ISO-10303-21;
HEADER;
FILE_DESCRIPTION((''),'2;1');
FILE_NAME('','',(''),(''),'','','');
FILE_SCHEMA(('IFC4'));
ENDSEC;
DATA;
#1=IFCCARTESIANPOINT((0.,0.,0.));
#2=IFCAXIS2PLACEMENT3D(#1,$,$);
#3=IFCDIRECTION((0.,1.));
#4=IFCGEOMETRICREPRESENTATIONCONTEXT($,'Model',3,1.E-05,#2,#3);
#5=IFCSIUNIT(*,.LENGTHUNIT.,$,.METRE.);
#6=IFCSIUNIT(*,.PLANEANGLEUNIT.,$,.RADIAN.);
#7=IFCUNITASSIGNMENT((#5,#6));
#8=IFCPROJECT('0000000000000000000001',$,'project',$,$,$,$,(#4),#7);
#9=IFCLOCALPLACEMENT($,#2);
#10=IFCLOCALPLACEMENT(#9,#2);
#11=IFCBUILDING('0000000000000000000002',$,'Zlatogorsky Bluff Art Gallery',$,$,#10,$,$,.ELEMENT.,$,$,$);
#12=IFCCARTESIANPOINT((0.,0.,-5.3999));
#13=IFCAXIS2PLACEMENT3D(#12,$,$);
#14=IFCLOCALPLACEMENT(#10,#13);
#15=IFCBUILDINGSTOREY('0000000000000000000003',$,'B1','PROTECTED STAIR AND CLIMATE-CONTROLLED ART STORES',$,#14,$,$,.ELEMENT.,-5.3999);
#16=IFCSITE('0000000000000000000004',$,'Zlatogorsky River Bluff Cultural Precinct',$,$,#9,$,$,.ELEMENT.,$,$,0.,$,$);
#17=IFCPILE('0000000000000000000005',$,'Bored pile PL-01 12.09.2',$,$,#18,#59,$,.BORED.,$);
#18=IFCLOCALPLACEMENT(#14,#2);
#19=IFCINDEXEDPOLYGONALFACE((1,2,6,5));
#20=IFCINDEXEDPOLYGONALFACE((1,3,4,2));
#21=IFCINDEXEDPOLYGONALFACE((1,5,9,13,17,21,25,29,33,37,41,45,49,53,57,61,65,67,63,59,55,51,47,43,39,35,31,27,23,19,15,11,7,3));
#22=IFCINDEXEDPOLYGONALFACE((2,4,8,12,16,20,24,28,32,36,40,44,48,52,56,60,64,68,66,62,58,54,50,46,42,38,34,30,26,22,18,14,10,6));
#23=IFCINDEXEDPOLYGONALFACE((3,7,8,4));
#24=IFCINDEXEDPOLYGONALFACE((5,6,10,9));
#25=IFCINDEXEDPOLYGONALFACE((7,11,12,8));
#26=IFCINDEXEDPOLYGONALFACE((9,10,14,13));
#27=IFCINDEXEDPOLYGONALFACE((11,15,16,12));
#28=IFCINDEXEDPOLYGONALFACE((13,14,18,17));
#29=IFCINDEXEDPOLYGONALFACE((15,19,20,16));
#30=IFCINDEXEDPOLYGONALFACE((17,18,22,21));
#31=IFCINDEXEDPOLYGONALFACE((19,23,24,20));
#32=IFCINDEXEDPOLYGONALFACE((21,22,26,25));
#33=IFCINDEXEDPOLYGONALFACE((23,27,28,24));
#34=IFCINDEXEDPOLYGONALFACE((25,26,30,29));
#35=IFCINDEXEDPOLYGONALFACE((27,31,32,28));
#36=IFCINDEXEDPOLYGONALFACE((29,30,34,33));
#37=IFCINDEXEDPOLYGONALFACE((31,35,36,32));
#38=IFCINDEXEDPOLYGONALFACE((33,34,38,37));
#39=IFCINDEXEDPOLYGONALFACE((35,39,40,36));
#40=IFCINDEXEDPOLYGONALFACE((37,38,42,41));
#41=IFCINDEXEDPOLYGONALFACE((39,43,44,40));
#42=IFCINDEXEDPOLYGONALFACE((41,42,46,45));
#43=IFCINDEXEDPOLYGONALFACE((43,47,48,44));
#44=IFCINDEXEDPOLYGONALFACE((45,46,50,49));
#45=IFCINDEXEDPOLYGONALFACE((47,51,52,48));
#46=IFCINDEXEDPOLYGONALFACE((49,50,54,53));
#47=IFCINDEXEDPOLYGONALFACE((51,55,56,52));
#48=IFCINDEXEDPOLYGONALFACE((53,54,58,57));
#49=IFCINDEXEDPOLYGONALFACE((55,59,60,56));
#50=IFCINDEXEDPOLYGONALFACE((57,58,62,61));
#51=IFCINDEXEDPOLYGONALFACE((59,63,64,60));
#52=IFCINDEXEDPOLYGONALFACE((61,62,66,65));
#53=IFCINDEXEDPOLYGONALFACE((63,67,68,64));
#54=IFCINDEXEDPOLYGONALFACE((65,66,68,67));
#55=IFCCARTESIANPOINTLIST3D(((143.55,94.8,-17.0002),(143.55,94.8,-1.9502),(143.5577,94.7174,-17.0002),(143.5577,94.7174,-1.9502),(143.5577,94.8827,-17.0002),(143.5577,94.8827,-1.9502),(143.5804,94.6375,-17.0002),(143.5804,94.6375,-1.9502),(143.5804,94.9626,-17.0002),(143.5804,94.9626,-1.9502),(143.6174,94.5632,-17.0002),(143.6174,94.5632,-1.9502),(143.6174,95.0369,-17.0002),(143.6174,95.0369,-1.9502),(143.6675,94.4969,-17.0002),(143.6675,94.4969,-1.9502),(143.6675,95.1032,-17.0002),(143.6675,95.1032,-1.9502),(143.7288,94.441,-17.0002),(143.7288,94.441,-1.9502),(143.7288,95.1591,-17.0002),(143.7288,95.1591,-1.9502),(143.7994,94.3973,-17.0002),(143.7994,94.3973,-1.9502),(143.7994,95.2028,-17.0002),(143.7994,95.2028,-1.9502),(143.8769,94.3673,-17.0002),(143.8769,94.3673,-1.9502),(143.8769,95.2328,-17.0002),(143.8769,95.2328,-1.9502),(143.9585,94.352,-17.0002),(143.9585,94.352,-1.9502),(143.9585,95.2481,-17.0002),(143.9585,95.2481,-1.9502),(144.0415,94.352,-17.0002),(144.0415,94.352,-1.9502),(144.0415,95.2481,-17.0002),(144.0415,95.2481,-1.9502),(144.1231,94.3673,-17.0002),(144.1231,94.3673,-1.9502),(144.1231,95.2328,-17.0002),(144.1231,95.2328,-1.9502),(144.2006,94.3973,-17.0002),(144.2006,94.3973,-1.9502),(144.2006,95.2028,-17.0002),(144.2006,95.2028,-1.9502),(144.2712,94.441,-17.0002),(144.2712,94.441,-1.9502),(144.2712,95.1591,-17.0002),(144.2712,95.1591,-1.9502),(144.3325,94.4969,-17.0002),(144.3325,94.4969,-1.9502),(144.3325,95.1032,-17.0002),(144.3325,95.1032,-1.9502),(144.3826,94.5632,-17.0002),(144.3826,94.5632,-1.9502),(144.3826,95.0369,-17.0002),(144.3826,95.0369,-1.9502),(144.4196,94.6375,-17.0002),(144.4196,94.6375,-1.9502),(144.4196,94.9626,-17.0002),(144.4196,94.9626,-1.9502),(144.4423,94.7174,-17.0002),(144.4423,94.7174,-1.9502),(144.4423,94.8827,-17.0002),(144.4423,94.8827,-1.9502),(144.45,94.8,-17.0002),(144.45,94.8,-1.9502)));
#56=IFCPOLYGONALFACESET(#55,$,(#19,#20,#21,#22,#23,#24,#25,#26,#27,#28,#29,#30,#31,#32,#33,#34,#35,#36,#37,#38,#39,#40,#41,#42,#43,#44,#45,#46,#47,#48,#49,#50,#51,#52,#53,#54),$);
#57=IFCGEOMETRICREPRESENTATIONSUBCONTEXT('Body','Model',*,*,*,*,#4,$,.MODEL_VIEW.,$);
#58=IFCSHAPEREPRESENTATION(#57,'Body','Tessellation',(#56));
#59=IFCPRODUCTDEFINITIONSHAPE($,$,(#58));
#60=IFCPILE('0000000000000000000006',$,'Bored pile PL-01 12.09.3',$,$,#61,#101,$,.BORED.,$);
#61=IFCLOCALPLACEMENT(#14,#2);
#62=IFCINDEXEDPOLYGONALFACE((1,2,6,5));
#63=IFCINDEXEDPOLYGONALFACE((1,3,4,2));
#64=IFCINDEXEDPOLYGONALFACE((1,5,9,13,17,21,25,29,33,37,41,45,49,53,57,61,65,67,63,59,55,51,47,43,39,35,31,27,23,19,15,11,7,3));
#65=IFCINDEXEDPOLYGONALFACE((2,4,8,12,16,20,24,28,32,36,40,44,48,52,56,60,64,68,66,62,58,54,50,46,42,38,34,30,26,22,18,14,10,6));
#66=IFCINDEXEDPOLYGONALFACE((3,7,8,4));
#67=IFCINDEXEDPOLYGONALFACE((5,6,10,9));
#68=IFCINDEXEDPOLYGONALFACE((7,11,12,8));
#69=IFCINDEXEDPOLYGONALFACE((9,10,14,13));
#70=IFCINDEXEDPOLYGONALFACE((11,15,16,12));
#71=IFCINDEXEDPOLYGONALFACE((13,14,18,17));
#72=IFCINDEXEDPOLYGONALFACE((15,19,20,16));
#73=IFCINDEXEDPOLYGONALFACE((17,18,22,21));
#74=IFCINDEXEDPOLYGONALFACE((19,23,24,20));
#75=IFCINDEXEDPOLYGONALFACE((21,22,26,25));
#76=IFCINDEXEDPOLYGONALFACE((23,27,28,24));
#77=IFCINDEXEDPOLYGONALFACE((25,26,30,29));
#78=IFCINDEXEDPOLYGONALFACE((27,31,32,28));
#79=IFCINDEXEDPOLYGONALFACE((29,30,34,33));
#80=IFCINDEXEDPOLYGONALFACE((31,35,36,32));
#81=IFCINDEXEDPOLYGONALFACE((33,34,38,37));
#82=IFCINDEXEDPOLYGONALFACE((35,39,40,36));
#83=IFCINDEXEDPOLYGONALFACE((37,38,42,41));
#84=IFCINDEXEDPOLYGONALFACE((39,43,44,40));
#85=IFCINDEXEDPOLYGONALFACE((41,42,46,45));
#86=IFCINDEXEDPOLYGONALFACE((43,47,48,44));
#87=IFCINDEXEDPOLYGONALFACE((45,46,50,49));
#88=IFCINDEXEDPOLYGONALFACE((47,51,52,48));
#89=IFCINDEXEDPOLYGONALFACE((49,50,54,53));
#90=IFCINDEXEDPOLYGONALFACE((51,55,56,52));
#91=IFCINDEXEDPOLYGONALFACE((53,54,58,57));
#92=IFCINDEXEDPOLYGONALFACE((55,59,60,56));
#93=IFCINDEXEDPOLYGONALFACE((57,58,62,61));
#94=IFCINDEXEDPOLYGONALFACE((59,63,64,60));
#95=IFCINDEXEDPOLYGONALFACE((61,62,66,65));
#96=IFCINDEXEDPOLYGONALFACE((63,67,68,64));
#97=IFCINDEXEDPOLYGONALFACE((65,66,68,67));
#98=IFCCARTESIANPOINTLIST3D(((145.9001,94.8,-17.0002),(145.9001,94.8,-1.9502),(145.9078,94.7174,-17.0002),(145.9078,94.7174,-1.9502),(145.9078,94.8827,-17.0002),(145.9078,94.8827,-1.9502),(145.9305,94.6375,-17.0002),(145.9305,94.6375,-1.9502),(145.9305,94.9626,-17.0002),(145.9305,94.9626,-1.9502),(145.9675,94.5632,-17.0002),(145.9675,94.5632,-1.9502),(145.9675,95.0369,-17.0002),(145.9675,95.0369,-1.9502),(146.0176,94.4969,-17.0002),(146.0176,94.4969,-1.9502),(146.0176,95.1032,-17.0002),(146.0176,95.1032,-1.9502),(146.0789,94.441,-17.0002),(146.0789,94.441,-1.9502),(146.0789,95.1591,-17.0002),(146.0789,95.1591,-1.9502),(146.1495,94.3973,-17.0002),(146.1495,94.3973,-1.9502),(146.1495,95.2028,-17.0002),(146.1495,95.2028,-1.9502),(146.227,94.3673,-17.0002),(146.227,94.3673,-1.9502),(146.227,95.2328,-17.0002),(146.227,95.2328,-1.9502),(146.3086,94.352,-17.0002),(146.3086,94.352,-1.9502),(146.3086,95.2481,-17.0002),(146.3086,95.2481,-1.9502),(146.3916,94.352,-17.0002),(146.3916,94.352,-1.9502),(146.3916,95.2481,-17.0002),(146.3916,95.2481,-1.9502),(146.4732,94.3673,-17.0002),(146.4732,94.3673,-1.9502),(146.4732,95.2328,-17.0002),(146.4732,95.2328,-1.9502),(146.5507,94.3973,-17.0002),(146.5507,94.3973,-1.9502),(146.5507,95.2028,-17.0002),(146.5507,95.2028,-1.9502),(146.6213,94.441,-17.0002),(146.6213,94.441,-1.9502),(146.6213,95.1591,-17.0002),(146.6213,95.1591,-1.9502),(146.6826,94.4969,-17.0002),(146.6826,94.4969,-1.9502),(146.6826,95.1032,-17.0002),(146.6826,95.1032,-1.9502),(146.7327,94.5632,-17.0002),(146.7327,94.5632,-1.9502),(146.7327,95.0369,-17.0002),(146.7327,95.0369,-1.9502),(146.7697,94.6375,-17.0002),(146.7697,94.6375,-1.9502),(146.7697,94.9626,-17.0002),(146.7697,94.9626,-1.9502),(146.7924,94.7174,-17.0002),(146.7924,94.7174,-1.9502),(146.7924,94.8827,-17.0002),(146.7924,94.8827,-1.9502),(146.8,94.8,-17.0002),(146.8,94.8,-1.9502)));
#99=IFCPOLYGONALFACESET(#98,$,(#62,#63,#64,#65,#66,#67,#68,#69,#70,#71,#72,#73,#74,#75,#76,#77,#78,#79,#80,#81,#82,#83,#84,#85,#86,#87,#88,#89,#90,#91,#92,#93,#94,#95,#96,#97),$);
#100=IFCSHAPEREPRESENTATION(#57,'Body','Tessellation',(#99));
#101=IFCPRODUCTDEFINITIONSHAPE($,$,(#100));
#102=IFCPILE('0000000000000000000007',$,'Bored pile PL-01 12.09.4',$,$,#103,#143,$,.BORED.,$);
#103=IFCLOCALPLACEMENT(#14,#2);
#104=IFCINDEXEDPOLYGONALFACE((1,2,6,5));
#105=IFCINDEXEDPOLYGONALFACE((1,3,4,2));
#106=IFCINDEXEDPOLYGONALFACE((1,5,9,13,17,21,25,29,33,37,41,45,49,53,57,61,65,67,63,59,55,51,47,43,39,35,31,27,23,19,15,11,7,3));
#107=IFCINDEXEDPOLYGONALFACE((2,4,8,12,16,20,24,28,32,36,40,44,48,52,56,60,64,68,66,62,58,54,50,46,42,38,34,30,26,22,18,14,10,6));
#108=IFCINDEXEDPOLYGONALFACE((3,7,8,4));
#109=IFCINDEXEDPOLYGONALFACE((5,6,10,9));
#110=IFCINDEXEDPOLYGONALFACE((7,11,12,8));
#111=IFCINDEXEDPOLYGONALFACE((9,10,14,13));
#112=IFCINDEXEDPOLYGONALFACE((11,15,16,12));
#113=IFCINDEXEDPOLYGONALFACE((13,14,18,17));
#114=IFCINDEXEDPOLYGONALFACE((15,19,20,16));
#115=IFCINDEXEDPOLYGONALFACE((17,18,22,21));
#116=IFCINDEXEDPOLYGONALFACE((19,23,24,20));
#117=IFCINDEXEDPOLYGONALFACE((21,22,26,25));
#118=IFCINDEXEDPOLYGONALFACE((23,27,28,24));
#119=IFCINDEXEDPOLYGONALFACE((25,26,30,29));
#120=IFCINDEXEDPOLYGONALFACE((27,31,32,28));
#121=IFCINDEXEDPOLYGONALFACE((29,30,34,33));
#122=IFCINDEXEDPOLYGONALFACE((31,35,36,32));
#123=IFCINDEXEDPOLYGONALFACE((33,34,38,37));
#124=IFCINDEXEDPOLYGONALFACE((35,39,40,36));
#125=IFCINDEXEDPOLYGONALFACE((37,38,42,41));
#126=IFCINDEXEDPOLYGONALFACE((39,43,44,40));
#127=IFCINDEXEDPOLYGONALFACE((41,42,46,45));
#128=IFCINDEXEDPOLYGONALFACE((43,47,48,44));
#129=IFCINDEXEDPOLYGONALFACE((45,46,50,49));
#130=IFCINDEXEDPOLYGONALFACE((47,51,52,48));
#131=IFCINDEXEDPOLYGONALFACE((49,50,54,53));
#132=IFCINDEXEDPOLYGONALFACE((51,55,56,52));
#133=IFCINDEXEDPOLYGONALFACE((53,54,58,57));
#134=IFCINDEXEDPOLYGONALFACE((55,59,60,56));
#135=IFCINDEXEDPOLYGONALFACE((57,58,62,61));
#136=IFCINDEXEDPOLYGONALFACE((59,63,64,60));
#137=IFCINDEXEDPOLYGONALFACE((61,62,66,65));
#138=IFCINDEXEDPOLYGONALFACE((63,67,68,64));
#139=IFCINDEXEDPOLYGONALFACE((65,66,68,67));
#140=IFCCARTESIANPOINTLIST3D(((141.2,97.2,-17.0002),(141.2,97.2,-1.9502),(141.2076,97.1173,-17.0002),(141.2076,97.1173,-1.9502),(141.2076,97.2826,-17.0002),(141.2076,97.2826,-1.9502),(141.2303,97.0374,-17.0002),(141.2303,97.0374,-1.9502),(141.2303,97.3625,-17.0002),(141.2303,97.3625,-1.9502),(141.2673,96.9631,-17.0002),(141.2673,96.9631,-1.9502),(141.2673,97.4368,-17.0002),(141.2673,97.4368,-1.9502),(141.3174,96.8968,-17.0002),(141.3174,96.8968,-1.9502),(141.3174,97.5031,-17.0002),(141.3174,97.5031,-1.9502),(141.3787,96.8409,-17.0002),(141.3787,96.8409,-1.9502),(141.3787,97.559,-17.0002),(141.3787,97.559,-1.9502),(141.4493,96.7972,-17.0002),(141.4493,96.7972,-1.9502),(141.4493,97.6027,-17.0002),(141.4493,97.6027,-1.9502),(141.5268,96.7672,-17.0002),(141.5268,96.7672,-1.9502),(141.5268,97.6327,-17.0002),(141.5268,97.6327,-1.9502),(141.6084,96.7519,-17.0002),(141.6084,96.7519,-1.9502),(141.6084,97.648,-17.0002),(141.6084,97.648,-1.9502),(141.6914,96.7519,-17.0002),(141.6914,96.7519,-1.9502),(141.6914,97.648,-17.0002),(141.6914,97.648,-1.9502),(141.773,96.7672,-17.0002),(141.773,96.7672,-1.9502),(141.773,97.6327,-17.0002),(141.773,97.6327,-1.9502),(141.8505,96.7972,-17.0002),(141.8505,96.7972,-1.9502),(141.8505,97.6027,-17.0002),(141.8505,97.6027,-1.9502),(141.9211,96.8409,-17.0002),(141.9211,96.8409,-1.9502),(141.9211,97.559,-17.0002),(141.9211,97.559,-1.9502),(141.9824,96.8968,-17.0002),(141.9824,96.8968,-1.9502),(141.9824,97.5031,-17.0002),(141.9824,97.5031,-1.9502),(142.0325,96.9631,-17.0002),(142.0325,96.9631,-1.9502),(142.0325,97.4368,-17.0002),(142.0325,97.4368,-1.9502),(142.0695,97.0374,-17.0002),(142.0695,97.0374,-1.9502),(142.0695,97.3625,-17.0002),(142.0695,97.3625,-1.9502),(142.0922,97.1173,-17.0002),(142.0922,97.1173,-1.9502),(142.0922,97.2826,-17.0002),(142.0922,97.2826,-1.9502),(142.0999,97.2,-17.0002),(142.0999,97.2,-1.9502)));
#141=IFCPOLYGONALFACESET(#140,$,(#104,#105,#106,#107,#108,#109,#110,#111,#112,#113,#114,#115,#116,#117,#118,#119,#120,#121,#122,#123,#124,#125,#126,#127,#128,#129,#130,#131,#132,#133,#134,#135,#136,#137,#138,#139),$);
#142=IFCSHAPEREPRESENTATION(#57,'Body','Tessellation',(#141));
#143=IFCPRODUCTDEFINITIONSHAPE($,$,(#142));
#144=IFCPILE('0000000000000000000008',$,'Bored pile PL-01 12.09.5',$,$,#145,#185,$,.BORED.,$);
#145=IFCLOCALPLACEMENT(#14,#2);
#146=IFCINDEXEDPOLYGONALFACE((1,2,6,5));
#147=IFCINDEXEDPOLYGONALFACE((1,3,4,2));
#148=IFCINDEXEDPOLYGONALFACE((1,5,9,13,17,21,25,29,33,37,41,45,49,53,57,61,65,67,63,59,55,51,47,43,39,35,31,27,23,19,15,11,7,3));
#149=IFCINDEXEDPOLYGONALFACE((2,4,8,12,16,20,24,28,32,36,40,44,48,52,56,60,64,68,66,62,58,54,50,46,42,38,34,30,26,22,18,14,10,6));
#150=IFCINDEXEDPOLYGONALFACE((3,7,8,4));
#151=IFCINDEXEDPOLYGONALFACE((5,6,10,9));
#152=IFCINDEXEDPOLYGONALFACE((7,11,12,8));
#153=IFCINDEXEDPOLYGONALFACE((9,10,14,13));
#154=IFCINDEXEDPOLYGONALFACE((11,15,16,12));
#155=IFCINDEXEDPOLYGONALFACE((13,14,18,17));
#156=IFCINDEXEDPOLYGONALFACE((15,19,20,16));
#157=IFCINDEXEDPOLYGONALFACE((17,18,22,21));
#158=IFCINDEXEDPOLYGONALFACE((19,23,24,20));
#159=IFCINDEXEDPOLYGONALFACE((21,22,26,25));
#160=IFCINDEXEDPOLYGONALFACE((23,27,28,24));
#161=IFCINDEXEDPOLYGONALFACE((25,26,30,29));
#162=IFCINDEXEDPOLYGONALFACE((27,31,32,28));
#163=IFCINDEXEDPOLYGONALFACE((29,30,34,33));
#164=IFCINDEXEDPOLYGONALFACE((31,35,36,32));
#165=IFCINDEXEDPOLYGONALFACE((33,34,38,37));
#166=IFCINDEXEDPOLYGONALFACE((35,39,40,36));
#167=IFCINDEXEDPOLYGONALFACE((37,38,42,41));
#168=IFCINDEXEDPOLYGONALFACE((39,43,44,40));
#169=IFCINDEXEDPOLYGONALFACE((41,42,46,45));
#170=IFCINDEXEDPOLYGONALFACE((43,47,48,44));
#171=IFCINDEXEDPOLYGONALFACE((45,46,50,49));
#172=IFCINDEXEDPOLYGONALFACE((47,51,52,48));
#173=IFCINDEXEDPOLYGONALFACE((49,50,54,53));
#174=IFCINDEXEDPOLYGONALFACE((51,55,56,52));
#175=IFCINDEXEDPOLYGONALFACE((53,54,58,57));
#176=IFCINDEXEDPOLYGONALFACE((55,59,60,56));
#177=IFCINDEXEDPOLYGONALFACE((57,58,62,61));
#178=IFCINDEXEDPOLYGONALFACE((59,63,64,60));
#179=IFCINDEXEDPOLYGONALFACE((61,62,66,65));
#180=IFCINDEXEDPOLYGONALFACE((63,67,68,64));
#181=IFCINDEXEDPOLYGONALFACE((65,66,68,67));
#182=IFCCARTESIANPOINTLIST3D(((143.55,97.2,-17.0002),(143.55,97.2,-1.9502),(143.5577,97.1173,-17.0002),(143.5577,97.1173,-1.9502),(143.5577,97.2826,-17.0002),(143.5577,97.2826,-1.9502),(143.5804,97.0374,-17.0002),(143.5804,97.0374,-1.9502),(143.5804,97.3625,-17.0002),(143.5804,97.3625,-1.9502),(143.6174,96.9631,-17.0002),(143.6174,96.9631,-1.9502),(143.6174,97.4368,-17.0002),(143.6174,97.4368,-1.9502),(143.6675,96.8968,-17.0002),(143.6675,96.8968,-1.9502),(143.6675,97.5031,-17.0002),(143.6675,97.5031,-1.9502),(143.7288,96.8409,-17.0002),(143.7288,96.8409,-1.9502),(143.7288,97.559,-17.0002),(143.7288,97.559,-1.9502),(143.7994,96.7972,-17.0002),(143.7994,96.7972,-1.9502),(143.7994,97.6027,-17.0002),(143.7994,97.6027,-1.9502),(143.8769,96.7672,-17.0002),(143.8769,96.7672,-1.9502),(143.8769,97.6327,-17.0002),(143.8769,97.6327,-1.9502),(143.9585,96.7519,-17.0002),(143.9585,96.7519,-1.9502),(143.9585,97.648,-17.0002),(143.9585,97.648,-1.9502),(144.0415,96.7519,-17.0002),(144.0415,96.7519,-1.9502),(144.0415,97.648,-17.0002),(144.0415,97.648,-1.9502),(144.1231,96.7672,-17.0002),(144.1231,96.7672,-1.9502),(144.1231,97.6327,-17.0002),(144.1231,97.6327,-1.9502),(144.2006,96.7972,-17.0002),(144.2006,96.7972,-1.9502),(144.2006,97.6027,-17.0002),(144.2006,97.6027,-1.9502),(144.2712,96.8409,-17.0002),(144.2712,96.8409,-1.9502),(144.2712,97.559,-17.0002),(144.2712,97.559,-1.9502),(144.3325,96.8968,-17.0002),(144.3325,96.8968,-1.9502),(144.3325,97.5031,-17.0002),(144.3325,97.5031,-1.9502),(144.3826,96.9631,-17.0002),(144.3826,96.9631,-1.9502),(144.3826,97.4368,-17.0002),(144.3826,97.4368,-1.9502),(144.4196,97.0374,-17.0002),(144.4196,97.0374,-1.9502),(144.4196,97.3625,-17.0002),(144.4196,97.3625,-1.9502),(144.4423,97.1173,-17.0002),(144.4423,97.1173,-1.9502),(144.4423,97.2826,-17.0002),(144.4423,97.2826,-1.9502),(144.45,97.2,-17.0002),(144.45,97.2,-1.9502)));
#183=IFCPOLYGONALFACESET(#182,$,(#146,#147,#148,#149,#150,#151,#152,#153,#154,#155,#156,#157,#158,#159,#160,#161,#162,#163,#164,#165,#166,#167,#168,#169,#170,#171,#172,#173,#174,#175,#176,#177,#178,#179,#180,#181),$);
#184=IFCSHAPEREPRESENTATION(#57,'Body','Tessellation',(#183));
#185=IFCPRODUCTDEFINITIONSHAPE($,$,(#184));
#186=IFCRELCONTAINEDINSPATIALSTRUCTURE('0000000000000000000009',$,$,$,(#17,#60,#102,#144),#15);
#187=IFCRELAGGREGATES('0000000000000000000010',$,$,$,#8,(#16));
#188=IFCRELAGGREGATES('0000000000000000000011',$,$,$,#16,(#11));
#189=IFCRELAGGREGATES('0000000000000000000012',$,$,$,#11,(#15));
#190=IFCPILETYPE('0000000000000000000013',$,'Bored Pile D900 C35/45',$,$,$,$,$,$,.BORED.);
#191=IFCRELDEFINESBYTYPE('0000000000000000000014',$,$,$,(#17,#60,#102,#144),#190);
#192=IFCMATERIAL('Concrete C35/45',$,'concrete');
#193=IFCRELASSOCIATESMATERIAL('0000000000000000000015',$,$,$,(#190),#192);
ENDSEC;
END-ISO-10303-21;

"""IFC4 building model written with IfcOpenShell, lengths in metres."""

from ifc_helpers import new_model, si_unit, direction, frame, origin, origin_2d, place, context, subcontext, project, spatial, circle, extrude, material, material_profile, profile_set, type_object, element, save


model = new_model("IFC4")

# Units and contexts
model_context = context("Model", 3, precision=1e-05, world=origin(), true_north=direction((0.0, 1.0)))
body_context = subcontext(model_context, "Body", "Model", "MODEL_VIEW")
ifc_project = project(units=[si_unit("LENGTHUNIT", "METRE"), si_unit("PLANEANGLEUNIT", "RADIAN")], contexts=[model_context])

# Site, building, storey
site_placement = place(None, origin())
site = spatial("IfcSite", under=ifc_project, at=site_placement, Name="Zlatogorsky River Bluff Cultural Precinct", CompositionType="ELEMENT", RefElevation=0.0)
building_placement = place(site_placement, origin())
building = spatial("IfcBuilding", under=site, at=building_placement, Name="Zlatogorsky Bluff Art Gallery", CompositionType="ELEMENT")
storey_placement = place(building_placement, frame((0.0, 0.0, -5.3999)))
storey = spatial("IfcBuildingStorey", under=building, at=storey_placement, Name="B1", Description="PROTECTED STAIR AND CLIMATE-CONTROLLED ART STORES", CompositionType="ELEMENT", Elevation=-5.3999)

# Piles
ifc_material_1 = material(Name="Concrete C35/45", Category="concrete")
ifc_material_profile_1 = material_profile(ifc_material_1, circle(Radius=0.45, at=origin_2d()), Name="BORED PILE D900")
ifc_profile_set_1 = profile_set([ifc_material_profile_1], Name="Concrete C35/45")
pile_type = type_object("IfcPileType", Name="Bored Pile D900 C35/45", PredefinedType="BORED", material=ifc_profile_set_1)
for number, where, z_axis, x_axis, name in (
    (1, (144.0, 94.8, -1.9502), (0.0, 0.0, -1.0), (1.0, 0.0, 0.0), "Bored pile PL-01 12.09.2"),
    (2, (146.3501, 94.8, -1.9502), (0.0, 0.0, -1.0), (1.0, 0.0, 0.0), "Bored pile PL-01 12.09.3"),
    (3, (141.6499, 97.2, -1.9502), (0.0, 0.0, -1.0), (1.0, 0.0, 0.0), "Bored pile PL-01 12.09.4"),
    (4, (144.0, 97.2, -1.9502), (0.0, 0.0, -1.0), (1.0, 0.0, 0.0), "Bored pile PL-01 12.09.5"),
):
    element("IfcPile", number, at=place(storey_placement, frame(where, z_axis=z_axis, x_axis=x_axis)), inside=storey, type_object=pile_type, Name=name, PredefinedType="BORED", context=body_context, shape_type="SweptSolid", body=[
        extrude(circle(Radius=0.45, at=origin_2d()), origin(), (0.0, 0.0, 1.0), 15.05),
    ])

save(model, "model.ifc")
